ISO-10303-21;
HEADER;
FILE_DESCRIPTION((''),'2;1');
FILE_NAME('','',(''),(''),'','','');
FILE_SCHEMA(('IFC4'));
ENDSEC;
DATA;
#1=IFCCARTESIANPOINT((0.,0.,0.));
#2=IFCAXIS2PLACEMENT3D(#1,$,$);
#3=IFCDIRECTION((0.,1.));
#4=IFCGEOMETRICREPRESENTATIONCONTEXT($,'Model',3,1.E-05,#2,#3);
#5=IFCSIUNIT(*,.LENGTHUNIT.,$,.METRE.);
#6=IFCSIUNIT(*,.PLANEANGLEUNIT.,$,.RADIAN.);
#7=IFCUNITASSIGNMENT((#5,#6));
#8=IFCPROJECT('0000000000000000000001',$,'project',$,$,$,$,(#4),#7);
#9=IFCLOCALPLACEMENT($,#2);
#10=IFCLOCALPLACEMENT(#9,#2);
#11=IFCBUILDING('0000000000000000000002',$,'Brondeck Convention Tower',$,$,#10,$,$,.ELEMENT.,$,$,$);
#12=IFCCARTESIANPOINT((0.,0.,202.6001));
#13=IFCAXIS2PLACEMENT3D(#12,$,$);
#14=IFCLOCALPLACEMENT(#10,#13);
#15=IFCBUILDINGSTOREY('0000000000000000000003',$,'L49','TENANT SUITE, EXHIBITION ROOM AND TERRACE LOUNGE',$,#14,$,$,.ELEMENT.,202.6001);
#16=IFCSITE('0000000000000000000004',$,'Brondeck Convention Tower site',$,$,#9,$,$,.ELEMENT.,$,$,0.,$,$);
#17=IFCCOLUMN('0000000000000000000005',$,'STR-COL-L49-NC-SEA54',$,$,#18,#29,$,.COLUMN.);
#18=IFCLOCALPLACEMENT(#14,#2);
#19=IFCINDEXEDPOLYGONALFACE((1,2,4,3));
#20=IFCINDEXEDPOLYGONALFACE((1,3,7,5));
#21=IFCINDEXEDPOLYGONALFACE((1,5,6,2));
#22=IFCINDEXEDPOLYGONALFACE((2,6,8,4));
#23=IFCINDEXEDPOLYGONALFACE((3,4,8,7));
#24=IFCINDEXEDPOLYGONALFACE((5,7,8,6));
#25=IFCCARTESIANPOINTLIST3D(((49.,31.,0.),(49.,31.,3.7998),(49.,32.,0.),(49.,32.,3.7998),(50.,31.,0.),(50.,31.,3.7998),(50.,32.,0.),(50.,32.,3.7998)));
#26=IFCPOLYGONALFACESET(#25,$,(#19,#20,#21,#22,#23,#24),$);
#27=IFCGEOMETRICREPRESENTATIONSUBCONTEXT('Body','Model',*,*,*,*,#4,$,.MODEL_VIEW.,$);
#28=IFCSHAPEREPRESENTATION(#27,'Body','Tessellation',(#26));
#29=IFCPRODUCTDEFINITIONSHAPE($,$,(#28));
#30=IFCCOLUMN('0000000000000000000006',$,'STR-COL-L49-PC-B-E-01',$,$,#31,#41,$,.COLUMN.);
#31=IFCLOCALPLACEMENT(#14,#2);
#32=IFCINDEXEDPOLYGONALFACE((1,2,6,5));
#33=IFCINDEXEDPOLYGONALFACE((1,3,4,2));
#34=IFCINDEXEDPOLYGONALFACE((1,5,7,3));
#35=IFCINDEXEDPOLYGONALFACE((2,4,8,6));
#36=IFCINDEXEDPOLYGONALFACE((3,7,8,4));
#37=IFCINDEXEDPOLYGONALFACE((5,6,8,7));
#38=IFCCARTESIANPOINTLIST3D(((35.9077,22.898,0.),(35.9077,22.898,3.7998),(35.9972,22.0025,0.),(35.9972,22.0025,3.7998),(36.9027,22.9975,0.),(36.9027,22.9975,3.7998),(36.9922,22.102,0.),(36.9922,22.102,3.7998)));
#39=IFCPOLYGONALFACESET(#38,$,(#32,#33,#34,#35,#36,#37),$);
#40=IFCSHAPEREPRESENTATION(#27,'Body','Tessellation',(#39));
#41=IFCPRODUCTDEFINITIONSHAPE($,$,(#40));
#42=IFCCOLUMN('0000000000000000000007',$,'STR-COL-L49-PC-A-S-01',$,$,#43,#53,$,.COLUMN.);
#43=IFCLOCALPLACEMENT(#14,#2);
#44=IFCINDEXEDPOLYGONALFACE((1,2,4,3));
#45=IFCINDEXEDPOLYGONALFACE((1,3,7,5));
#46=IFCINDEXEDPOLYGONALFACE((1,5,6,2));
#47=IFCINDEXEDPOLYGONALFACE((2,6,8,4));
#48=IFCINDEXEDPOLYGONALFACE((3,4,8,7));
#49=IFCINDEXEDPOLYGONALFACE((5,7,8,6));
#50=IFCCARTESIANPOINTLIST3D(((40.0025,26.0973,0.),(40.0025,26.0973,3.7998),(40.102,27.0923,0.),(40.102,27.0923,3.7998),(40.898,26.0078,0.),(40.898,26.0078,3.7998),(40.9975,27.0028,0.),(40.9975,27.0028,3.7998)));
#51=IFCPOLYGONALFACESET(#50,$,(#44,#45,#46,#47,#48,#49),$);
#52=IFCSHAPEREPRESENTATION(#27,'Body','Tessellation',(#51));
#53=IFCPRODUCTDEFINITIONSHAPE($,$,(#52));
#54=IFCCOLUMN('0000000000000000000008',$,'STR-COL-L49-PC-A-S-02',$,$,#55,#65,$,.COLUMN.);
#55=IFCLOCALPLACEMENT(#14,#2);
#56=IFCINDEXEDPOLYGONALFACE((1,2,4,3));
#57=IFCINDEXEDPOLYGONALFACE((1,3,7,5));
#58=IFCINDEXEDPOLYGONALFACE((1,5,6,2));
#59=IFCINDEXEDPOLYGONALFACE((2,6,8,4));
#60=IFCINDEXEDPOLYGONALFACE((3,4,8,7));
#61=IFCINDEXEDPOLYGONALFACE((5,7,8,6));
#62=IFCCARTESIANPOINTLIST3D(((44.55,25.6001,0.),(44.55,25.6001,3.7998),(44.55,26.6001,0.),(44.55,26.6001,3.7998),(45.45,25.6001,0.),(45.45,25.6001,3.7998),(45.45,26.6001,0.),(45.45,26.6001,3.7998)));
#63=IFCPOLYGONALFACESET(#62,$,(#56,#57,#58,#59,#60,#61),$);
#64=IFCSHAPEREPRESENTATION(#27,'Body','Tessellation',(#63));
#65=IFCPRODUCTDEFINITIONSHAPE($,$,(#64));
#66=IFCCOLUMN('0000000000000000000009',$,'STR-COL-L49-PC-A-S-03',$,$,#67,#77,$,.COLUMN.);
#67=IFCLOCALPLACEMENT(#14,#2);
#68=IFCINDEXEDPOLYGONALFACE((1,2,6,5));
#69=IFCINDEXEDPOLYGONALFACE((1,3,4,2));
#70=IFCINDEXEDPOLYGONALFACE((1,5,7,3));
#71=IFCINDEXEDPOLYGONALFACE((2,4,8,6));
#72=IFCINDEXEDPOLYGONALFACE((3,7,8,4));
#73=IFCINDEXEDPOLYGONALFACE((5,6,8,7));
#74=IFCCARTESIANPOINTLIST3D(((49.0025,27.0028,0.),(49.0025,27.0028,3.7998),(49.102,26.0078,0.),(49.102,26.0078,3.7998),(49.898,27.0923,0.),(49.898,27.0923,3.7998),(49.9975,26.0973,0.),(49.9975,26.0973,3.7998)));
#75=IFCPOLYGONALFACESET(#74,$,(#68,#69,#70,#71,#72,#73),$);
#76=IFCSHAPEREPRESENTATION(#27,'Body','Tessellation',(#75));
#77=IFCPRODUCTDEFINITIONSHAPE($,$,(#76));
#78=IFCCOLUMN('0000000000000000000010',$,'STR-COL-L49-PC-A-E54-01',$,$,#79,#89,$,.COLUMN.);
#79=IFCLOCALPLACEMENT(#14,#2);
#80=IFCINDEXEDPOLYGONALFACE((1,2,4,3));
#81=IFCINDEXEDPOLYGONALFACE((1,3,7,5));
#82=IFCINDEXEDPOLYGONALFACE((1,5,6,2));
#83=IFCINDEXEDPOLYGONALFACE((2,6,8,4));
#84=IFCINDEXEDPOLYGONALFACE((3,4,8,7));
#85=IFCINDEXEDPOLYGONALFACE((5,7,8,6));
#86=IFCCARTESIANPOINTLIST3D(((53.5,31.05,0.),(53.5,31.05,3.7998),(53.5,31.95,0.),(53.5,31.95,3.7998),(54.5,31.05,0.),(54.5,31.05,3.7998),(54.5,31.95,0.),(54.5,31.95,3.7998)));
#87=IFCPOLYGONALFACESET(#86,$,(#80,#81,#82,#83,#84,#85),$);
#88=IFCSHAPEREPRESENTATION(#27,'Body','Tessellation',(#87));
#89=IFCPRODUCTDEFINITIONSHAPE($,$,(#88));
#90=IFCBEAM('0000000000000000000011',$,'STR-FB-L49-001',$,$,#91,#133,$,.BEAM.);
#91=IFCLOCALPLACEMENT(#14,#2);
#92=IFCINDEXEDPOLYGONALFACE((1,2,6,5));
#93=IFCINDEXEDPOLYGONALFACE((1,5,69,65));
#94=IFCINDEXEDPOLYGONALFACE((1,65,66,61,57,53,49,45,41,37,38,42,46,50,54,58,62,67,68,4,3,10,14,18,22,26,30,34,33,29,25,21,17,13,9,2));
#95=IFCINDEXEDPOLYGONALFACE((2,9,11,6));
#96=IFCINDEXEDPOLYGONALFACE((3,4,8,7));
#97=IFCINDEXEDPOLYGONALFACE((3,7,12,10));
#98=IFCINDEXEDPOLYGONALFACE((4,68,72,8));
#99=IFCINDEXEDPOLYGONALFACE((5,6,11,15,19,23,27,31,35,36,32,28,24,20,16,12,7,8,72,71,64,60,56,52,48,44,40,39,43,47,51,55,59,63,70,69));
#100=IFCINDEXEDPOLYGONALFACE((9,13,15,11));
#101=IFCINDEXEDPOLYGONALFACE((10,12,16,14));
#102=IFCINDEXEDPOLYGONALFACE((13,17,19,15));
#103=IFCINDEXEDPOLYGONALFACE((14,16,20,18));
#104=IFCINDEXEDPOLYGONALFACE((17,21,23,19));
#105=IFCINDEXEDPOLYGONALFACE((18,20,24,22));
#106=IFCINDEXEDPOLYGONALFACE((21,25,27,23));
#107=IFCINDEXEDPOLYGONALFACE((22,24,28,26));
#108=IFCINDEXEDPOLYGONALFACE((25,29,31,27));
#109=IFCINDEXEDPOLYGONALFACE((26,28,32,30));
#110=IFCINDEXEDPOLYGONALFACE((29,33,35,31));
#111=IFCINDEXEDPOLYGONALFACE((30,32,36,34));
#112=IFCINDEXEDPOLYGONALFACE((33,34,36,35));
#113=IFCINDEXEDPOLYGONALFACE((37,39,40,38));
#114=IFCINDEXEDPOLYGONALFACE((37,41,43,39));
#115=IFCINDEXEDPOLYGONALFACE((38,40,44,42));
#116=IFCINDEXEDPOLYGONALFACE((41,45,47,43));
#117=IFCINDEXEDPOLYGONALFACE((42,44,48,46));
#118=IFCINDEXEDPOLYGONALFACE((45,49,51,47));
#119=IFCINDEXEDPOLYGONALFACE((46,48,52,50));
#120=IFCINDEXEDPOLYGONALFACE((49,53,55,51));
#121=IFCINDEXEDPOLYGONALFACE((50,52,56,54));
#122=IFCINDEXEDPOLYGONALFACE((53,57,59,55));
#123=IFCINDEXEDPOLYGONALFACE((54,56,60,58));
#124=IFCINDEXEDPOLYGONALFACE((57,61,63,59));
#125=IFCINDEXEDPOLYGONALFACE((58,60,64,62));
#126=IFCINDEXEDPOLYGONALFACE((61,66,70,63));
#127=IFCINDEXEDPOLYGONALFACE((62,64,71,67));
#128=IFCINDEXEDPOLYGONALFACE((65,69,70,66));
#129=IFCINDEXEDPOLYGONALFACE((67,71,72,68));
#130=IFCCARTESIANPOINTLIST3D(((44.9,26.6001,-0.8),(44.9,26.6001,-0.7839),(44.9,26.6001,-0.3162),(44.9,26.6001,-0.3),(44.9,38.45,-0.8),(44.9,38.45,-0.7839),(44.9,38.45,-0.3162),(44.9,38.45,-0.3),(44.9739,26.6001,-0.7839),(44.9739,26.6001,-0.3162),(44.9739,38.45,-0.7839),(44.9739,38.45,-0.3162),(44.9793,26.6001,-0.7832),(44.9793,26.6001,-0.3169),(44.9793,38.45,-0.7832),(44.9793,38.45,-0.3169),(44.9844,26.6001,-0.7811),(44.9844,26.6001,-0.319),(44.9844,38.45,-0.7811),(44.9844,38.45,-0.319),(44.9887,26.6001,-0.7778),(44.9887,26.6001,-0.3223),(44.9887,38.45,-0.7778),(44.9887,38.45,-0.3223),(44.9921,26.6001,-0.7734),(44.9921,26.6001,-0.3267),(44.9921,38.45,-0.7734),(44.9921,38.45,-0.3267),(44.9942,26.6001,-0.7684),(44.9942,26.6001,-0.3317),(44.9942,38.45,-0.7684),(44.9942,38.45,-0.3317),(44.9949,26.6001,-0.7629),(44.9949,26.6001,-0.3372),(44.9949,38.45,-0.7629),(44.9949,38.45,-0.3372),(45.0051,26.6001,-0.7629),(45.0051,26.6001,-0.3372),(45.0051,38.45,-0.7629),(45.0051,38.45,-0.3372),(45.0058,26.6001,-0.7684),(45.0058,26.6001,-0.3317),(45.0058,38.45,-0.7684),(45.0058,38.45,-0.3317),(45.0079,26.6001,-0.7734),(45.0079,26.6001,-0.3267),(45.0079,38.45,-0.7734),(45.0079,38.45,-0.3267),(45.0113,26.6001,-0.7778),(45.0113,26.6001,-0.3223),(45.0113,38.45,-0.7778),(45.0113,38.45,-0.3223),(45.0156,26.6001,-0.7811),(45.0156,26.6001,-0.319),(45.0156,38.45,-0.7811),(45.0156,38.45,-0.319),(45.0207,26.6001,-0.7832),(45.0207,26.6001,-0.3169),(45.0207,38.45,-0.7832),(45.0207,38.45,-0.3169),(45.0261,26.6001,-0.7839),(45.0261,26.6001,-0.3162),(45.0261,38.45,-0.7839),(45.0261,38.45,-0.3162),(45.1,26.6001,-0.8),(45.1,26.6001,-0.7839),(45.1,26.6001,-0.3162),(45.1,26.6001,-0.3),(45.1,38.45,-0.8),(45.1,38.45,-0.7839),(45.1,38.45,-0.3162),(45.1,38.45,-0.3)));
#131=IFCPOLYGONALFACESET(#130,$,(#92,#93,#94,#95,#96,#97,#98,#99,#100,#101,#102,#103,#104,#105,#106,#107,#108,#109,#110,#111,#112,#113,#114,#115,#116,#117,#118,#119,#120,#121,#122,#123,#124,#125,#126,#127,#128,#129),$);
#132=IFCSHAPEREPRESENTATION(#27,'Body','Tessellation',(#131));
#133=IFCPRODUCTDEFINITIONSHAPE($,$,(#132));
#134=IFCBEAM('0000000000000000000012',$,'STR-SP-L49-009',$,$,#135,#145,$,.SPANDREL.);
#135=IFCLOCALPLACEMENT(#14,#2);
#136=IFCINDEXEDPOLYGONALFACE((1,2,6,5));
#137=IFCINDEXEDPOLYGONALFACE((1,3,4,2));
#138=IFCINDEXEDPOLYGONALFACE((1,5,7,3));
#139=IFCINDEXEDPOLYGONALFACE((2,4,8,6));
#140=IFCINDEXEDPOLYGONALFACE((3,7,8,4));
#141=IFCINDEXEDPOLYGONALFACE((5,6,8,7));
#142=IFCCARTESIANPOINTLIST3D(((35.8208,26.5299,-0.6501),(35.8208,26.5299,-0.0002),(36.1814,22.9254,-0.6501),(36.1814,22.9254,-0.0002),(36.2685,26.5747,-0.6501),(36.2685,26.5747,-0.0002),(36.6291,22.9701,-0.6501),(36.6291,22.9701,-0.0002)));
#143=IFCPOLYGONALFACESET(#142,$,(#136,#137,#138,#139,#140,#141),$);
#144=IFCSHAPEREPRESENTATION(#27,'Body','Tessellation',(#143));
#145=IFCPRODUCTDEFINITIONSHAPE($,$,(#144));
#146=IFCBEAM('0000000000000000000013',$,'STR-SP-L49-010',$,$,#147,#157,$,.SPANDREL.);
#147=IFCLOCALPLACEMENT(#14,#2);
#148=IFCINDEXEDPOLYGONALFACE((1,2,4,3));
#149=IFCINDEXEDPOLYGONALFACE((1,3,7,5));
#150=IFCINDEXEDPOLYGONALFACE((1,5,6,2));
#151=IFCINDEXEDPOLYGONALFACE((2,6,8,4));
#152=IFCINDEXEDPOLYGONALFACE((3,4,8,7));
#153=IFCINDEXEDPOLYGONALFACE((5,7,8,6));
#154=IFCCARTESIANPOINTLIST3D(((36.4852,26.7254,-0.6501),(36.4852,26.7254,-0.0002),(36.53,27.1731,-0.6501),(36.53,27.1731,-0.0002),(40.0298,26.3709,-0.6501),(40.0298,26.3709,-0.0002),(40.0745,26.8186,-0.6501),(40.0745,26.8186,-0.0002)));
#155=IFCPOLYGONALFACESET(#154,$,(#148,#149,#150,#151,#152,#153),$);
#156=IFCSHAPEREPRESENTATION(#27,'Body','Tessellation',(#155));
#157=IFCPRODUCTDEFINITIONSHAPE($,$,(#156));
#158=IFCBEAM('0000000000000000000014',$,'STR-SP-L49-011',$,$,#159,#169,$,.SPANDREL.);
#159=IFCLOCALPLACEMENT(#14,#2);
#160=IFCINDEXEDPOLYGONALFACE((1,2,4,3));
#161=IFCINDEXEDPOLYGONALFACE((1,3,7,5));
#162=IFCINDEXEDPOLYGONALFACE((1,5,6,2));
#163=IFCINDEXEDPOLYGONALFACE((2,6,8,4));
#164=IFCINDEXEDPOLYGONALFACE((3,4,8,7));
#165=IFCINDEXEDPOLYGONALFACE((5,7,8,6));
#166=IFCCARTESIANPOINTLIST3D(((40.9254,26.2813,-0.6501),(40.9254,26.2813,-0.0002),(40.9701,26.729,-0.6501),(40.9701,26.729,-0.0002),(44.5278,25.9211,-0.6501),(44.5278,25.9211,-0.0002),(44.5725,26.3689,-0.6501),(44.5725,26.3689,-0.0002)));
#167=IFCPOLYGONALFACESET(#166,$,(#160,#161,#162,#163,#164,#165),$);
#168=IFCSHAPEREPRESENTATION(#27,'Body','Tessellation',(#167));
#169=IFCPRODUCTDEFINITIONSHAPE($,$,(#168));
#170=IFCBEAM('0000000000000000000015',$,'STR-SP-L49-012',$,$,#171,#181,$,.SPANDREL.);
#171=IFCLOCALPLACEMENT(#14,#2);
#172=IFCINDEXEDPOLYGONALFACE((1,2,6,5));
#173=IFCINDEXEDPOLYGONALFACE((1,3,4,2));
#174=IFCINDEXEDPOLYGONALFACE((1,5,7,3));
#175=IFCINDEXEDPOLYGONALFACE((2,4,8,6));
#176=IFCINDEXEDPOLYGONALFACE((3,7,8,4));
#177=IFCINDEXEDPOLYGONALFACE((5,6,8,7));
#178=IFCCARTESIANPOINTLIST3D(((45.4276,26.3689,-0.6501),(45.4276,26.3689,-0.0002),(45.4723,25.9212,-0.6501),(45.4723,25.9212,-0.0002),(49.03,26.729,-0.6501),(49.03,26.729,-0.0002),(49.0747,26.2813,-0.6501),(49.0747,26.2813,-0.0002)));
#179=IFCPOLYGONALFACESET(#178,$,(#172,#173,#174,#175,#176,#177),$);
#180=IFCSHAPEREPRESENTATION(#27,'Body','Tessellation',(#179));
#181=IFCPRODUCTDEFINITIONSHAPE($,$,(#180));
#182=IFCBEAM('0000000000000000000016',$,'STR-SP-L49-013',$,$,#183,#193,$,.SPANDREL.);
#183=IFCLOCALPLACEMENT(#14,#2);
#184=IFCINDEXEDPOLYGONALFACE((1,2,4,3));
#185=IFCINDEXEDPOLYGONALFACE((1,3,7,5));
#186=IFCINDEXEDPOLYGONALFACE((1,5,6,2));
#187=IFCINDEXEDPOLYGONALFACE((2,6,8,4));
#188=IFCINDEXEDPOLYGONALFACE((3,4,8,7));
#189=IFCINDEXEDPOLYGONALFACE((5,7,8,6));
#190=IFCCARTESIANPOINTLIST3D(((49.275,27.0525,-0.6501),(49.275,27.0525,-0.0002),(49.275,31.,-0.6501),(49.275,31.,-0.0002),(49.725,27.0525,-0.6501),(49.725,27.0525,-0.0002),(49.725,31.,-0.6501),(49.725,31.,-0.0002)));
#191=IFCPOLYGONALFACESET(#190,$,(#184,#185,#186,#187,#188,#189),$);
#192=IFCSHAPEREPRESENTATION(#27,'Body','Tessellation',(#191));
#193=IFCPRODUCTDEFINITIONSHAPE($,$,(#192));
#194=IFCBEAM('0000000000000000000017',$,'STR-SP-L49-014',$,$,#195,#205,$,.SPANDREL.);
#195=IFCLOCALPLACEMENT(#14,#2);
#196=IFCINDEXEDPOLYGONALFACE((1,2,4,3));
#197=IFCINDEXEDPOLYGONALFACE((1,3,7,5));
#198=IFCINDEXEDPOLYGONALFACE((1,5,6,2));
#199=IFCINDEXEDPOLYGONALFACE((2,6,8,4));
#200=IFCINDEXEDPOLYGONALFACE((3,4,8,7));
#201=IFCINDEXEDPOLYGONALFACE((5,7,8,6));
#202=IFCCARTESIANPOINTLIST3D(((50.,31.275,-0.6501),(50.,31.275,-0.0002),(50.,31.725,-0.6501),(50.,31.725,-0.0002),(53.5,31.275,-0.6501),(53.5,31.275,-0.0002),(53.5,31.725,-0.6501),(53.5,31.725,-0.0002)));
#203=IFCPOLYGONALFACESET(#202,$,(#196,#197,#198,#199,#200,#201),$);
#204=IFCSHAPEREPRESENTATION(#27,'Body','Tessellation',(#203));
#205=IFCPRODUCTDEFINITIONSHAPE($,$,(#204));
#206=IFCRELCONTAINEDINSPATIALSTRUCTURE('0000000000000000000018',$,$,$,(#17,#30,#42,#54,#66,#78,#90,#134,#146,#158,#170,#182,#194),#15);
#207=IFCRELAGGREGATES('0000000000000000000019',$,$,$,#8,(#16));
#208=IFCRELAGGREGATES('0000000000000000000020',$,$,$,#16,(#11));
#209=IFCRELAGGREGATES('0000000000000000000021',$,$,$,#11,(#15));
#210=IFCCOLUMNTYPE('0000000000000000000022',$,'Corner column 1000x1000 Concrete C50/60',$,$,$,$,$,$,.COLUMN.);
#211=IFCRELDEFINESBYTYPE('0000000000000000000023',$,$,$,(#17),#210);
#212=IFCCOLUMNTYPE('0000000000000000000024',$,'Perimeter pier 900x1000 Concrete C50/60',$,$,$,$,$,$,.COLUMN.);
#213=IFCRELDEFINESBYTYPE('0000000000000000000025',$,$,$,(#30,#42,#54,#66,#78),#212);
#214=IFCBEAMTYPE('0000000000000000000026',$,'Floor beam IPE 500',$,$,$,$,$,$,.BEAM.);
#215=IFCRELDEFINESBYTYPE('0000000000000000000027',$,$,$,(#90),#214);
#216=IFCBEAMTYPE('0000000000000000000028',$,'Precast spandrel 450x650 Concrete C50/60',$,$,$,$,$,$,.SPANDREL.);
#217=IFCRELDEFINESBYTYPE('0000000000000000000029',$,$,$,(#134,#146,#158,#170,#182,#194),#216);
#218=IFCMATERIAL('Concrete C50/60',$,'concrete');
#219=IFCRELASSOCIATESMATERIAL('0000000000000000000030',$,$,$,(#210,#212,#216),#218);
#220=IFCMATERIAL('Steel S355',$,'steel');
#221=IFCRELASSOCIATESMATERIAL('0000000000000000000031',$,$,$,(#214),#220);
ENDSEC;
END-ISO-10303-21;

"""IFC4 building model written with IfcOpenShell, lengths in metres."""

from ifc_helpers import new_model, si_unit, direction, frame, origin, origin_2d, place, context, subcontext, project, spatial, rectangle, i_section, extrude, material, material_profile, profile_set, type_object, element, save


model = new_model("IFC4")

# Units and contexts
model_context = context("Model", 3, precision=1e-05, world=origin(), true_north=direction((0.0, 1.0)))
body_context = subcontext(model_context, "Body", "Model", "MODEL_VIEW")
ifc_project = project(units=[si_unit("LENGTHUNIT", "METRE"), si_unit("PLANEANGLEUNIT", "RADIAN")], contexts=[model_context])

# Site, building, storey
site_placement = place(None, origin())
site = spatial("IfcSite", under=ifc_project, at=site_placement, Name="Brondeck Convention Tower site", CompositionType="ELEMENT", RefElevation=0.0)
building_placement = place(site_placement, origin())
building = spatial("IfcBuilding", under=site, at=building_placement, Name="Brondeck Convention Tower", CompositionType="ELEMENT")
storey_placement = place(building_placement, frame((0.0, 0.0, 202.6001)))
storey = spatial("IfcBuildingStorey", under=building, at=storey_placement, Name="L49", Description="TENANT SUITE, EXHIBITION ROOM AND TERRACE LOUNGE", CompositionType="ELEMENT", Elevation=202.6001)

# Columns
ifc_material_1 = material(Name="Concrete C50/60", Category="concrete")
ifc_material_profile_1 = material_profile(ifc_material_1, rectangle(XDim=1.0, YDim=1.0, at=origin_2d()), Name="Corner column 1000x1000 Concrete C50/60")
ifc_profile_set_1 = profile_set([ifc_material_profile_1], Name="Concrete C50/60")
column_type_1 = type_object("IfcColumnType", Name="Corner column 1000x1000 Concrete C50/60", PredefinedType="COLUMN", material=ifc_profile_set_1)
column_placement = place(storey_placement, frame((49.5, 31.5, 0.0), z_axis=(0.0, 0.0, 1.0), x_axis=(1.0, 0.0, 0.0)))
element("IfcColumn", 1, at=column_placement, inside=storey, type_object=column_type_1, Name="STR-COL-L49-NC-SEA54", PredefinedType="COLUMN", context=body_context, shape_type="SweptSolid", body=[
    extrude(rectangle(XDim=1.0, YDim=1.0, at=origin_2d()), origin(), (0.0, 0.0, 1.0), 3.7998),
])
ifc_material_profile_2 = material_profile(ifc_material_1, rectangle(XDim=0.8999, YDim=1.0, at=origin_2d()), Name="Perimeter pier 900x1000 Concrete C50/60")
ifc_profile_set_2 = profile_set([ifc_material_profile_2], Name="Concrete C50/60")
column_type_2 = type_object("IfcColumnType", Name="Perimeter pier 900x1000 Concrete C50/60", PredefinedType="COLUMN", material=ifc_profile_set_2)
for number, where, z_axis, x_axis, name in (
    (2, (36.45, 22.5, 0.0), (0.0, 0.0, 1.0), (-0.099504, 0.995037, 0.0), "STR-COL-L49-PC-B-E-01"),
    (3, (40.5, 26.55, 0.0), (0.0, 0.0, 1.0), (0.995037, -0.099504, 0.0), "STR-COL-L49-PC-A-S-01"),
    (4, (45.0, 26.1001, 0.0), (0.0, 0.0, 1.0), (1.0, 0.0, 0.0), "STR-COL-L49-PC-A-S-02"),
    (5, (49.5, 26.55, 0.0), (0.0, 0.0, 1.0), (0.995037, 0.099504, 0.0), "STR-COL-L49-PC-A-S-03"),
    (6, (54.0, 31.5, 0.0), (0.0, 0.0, 1.0), (0.0, 1.0, 0.0), "STR-COL-L49-PC-A-E54-01"),
):
    element("IfcColumn", number, at=place(storey_placement, frame(where, z_axis=z_axis, x_axis=x_axis)), inside=storey, type_object=column_type_2, Name=name, PredefinedType="COLUMN", context=body_context, shape_type="SweptSolid", body=[
        extrude(rectangle(XDim=0.8999, YDim=1.0, at=origin_2d()), origin(), (0.0, 0.0, 1.0), 3.7998),
    ])

# Beams
ifc_material_2 = material(Name="Steel S355", Category="steel")
ifc_material_profile_3 = material_profile(ifc_material_2, i_section(OverallWidth=0.2, OverallDepth=0.5, WebThickness=0.0103, FlangeThickness=0.0161, FilletRadius=0.021, at=origin_2d()), Name="IPE 500")
ifc_profile_set_3 = profile_set([ifc_material_profile_3], Name="Steel S355")
beam_type_1 = type_object("IfcBeamType", Name="Floor beam IPE 500", PredefinedType="BEAM", material=ifc_profile_set_3)
beam_1_placement = place(storey_placement, frame((45.0, 26.6001, -0.55), z_axis=(0.0, 1.0, 0.0), x_axis=(-1.0, 0.0, 0.0)))
element("IfcBeam", 7, at=beam_1_placement, inside=storey, type_object=beam_type_1, Name="STR-FB-L49-001", PredefinedType="BEAM", context=body_context, shape_type="SweptSolid", body=[
    extrude(i_section(OverallWidth=0.2, OverallDepth=0.5, WebThickness=0.0103, FlangeThickness=0.0161, FilletRadius=0.021, at=origin_2d()), origin(), (0.0, 0.0, 1.0), 11.8499),
])
ifc_material_profile_4 = material_profile(ifc_material_1, rectangle(XDim=0.45, YDim=0.6499, at=origin_2d()), Name="Precast spandrel 450x650 Concrete C50/60")
ifc_profile_set_4 = profile_set([ifc_material_profile_4], Name="Concrete C50/60")
beam_type_2 = type_object("IfcBeamType", Name="Precast spandrel 450x650 Concrete C50/60", PredefinedType="SPANDREL", material=ifc_profile_set_4)
beam_2_placement = place(storey_placement, frame((36.4053, 22.9478, -0.3252), z_axis=(-0.099544, 0.995033, 0.0), x_axis=(-0.995033, -0.099544, 0.0)))
element("IfcBeam", 8, at=beam_2_placement, inside=storey, type_object=beam_type_2, Name="STR-SP-L49-009", PredefinedType="SPANDREL", context=body_context, shape_type="SweptSolid", body=[
    extrude(rectangle(XDim=0.45, YDim=0.6499, at=origin_2d()), origin(), (0.0, 0.0, 1.0), 3.6226),
])
beam_3_placement = place(storey_placement, frame((36.5076, 26.9492, -0.3252), z_axis=(0.995037, -0.099511, 0.0), x_axis=(0.099511, 0.995037, 0.0)))
element("IfcBeam", 9, at=beam_3_placement, inside=storey, type_object=beam_type_2, Name="STR-SP-L49-010", PredefinedType="SPANDREL", context=body_context, shape_type="SweptSolid", body=[
    extrude(rectangle(XDim=0.45, YDim=0.6499, at=origin_2d()), origin(), (0.0, 0.0, 1.0), 3.5623),
])
for number, where, z_axis, x_axis, name in (
    (10, (40.9478, 26.5051, -0.3252), (0.995041, -0.09947, 0.0), (0.09947, 0.995041, 0.0), "STR-SP-L49-011"),
    (11, (45.45, 26.145, -0.3252), (0.995041, 0.09947, 0.0), (-0.09947, 0.995041, 0.0), "STR-SP-L49-012"),
):
    element("IfcBeam", number, at=place(storey_placement, frame(where, z_axis=z_axis, x_axis=x_axis)), inside=storey, type_object=beam_type_2, Name=name, PredefinedType="SPANDREL", context=body_context, shape_type="SweptSolid", body=[
        extrude(rectangle(XDim=0.45, YDim=0.6499, at=origin_2d()), origin(), (0.0, 0.0, 1.0), 3.6204),
    ])
beam_4_placement = place(storey_placement, frame((49.5, 27.0525, -0.3252), z_axis=(0.0, 1.0, 0.0), x_axis=(-1.0, 0.0, 0.0)))
element("IfcBeam", 12, at=beam_4_placement, inside=storey, type_object=beam_type_2, Name="STR-SP-L49-013", PredefinedType="SPANDREL", context=body_context, shape_type="SweptSolid", body=[
    extrude(rectangle(XDim=0.45, YDim=0.6499, at=origin_2d()), origin(), (0.0, 0.0, 1.0), 3.9475),
])
beam_5_placement = place(storey_placement, frame((50.0, 31.5, -0.3252), z_axis=(1.0, 0.0, 0.0), x_axis=(0.0, 1.0, 0.0)))
element("IfcBeam", 13, at=beam_5_placement, inside=storey, type_object=beam_type_2, Name="STR-SP-L49-014", PredefinedType="SPANDREL", context=body_context, shape_type="SweptSolid", body=[
    extrude(rectangle(XDim=0.45, YDim=0.6499, at=origin_2d()), origin(), (0.0, 0.0, 1.0), 3.5),
])

save(model, "model.ifc")
